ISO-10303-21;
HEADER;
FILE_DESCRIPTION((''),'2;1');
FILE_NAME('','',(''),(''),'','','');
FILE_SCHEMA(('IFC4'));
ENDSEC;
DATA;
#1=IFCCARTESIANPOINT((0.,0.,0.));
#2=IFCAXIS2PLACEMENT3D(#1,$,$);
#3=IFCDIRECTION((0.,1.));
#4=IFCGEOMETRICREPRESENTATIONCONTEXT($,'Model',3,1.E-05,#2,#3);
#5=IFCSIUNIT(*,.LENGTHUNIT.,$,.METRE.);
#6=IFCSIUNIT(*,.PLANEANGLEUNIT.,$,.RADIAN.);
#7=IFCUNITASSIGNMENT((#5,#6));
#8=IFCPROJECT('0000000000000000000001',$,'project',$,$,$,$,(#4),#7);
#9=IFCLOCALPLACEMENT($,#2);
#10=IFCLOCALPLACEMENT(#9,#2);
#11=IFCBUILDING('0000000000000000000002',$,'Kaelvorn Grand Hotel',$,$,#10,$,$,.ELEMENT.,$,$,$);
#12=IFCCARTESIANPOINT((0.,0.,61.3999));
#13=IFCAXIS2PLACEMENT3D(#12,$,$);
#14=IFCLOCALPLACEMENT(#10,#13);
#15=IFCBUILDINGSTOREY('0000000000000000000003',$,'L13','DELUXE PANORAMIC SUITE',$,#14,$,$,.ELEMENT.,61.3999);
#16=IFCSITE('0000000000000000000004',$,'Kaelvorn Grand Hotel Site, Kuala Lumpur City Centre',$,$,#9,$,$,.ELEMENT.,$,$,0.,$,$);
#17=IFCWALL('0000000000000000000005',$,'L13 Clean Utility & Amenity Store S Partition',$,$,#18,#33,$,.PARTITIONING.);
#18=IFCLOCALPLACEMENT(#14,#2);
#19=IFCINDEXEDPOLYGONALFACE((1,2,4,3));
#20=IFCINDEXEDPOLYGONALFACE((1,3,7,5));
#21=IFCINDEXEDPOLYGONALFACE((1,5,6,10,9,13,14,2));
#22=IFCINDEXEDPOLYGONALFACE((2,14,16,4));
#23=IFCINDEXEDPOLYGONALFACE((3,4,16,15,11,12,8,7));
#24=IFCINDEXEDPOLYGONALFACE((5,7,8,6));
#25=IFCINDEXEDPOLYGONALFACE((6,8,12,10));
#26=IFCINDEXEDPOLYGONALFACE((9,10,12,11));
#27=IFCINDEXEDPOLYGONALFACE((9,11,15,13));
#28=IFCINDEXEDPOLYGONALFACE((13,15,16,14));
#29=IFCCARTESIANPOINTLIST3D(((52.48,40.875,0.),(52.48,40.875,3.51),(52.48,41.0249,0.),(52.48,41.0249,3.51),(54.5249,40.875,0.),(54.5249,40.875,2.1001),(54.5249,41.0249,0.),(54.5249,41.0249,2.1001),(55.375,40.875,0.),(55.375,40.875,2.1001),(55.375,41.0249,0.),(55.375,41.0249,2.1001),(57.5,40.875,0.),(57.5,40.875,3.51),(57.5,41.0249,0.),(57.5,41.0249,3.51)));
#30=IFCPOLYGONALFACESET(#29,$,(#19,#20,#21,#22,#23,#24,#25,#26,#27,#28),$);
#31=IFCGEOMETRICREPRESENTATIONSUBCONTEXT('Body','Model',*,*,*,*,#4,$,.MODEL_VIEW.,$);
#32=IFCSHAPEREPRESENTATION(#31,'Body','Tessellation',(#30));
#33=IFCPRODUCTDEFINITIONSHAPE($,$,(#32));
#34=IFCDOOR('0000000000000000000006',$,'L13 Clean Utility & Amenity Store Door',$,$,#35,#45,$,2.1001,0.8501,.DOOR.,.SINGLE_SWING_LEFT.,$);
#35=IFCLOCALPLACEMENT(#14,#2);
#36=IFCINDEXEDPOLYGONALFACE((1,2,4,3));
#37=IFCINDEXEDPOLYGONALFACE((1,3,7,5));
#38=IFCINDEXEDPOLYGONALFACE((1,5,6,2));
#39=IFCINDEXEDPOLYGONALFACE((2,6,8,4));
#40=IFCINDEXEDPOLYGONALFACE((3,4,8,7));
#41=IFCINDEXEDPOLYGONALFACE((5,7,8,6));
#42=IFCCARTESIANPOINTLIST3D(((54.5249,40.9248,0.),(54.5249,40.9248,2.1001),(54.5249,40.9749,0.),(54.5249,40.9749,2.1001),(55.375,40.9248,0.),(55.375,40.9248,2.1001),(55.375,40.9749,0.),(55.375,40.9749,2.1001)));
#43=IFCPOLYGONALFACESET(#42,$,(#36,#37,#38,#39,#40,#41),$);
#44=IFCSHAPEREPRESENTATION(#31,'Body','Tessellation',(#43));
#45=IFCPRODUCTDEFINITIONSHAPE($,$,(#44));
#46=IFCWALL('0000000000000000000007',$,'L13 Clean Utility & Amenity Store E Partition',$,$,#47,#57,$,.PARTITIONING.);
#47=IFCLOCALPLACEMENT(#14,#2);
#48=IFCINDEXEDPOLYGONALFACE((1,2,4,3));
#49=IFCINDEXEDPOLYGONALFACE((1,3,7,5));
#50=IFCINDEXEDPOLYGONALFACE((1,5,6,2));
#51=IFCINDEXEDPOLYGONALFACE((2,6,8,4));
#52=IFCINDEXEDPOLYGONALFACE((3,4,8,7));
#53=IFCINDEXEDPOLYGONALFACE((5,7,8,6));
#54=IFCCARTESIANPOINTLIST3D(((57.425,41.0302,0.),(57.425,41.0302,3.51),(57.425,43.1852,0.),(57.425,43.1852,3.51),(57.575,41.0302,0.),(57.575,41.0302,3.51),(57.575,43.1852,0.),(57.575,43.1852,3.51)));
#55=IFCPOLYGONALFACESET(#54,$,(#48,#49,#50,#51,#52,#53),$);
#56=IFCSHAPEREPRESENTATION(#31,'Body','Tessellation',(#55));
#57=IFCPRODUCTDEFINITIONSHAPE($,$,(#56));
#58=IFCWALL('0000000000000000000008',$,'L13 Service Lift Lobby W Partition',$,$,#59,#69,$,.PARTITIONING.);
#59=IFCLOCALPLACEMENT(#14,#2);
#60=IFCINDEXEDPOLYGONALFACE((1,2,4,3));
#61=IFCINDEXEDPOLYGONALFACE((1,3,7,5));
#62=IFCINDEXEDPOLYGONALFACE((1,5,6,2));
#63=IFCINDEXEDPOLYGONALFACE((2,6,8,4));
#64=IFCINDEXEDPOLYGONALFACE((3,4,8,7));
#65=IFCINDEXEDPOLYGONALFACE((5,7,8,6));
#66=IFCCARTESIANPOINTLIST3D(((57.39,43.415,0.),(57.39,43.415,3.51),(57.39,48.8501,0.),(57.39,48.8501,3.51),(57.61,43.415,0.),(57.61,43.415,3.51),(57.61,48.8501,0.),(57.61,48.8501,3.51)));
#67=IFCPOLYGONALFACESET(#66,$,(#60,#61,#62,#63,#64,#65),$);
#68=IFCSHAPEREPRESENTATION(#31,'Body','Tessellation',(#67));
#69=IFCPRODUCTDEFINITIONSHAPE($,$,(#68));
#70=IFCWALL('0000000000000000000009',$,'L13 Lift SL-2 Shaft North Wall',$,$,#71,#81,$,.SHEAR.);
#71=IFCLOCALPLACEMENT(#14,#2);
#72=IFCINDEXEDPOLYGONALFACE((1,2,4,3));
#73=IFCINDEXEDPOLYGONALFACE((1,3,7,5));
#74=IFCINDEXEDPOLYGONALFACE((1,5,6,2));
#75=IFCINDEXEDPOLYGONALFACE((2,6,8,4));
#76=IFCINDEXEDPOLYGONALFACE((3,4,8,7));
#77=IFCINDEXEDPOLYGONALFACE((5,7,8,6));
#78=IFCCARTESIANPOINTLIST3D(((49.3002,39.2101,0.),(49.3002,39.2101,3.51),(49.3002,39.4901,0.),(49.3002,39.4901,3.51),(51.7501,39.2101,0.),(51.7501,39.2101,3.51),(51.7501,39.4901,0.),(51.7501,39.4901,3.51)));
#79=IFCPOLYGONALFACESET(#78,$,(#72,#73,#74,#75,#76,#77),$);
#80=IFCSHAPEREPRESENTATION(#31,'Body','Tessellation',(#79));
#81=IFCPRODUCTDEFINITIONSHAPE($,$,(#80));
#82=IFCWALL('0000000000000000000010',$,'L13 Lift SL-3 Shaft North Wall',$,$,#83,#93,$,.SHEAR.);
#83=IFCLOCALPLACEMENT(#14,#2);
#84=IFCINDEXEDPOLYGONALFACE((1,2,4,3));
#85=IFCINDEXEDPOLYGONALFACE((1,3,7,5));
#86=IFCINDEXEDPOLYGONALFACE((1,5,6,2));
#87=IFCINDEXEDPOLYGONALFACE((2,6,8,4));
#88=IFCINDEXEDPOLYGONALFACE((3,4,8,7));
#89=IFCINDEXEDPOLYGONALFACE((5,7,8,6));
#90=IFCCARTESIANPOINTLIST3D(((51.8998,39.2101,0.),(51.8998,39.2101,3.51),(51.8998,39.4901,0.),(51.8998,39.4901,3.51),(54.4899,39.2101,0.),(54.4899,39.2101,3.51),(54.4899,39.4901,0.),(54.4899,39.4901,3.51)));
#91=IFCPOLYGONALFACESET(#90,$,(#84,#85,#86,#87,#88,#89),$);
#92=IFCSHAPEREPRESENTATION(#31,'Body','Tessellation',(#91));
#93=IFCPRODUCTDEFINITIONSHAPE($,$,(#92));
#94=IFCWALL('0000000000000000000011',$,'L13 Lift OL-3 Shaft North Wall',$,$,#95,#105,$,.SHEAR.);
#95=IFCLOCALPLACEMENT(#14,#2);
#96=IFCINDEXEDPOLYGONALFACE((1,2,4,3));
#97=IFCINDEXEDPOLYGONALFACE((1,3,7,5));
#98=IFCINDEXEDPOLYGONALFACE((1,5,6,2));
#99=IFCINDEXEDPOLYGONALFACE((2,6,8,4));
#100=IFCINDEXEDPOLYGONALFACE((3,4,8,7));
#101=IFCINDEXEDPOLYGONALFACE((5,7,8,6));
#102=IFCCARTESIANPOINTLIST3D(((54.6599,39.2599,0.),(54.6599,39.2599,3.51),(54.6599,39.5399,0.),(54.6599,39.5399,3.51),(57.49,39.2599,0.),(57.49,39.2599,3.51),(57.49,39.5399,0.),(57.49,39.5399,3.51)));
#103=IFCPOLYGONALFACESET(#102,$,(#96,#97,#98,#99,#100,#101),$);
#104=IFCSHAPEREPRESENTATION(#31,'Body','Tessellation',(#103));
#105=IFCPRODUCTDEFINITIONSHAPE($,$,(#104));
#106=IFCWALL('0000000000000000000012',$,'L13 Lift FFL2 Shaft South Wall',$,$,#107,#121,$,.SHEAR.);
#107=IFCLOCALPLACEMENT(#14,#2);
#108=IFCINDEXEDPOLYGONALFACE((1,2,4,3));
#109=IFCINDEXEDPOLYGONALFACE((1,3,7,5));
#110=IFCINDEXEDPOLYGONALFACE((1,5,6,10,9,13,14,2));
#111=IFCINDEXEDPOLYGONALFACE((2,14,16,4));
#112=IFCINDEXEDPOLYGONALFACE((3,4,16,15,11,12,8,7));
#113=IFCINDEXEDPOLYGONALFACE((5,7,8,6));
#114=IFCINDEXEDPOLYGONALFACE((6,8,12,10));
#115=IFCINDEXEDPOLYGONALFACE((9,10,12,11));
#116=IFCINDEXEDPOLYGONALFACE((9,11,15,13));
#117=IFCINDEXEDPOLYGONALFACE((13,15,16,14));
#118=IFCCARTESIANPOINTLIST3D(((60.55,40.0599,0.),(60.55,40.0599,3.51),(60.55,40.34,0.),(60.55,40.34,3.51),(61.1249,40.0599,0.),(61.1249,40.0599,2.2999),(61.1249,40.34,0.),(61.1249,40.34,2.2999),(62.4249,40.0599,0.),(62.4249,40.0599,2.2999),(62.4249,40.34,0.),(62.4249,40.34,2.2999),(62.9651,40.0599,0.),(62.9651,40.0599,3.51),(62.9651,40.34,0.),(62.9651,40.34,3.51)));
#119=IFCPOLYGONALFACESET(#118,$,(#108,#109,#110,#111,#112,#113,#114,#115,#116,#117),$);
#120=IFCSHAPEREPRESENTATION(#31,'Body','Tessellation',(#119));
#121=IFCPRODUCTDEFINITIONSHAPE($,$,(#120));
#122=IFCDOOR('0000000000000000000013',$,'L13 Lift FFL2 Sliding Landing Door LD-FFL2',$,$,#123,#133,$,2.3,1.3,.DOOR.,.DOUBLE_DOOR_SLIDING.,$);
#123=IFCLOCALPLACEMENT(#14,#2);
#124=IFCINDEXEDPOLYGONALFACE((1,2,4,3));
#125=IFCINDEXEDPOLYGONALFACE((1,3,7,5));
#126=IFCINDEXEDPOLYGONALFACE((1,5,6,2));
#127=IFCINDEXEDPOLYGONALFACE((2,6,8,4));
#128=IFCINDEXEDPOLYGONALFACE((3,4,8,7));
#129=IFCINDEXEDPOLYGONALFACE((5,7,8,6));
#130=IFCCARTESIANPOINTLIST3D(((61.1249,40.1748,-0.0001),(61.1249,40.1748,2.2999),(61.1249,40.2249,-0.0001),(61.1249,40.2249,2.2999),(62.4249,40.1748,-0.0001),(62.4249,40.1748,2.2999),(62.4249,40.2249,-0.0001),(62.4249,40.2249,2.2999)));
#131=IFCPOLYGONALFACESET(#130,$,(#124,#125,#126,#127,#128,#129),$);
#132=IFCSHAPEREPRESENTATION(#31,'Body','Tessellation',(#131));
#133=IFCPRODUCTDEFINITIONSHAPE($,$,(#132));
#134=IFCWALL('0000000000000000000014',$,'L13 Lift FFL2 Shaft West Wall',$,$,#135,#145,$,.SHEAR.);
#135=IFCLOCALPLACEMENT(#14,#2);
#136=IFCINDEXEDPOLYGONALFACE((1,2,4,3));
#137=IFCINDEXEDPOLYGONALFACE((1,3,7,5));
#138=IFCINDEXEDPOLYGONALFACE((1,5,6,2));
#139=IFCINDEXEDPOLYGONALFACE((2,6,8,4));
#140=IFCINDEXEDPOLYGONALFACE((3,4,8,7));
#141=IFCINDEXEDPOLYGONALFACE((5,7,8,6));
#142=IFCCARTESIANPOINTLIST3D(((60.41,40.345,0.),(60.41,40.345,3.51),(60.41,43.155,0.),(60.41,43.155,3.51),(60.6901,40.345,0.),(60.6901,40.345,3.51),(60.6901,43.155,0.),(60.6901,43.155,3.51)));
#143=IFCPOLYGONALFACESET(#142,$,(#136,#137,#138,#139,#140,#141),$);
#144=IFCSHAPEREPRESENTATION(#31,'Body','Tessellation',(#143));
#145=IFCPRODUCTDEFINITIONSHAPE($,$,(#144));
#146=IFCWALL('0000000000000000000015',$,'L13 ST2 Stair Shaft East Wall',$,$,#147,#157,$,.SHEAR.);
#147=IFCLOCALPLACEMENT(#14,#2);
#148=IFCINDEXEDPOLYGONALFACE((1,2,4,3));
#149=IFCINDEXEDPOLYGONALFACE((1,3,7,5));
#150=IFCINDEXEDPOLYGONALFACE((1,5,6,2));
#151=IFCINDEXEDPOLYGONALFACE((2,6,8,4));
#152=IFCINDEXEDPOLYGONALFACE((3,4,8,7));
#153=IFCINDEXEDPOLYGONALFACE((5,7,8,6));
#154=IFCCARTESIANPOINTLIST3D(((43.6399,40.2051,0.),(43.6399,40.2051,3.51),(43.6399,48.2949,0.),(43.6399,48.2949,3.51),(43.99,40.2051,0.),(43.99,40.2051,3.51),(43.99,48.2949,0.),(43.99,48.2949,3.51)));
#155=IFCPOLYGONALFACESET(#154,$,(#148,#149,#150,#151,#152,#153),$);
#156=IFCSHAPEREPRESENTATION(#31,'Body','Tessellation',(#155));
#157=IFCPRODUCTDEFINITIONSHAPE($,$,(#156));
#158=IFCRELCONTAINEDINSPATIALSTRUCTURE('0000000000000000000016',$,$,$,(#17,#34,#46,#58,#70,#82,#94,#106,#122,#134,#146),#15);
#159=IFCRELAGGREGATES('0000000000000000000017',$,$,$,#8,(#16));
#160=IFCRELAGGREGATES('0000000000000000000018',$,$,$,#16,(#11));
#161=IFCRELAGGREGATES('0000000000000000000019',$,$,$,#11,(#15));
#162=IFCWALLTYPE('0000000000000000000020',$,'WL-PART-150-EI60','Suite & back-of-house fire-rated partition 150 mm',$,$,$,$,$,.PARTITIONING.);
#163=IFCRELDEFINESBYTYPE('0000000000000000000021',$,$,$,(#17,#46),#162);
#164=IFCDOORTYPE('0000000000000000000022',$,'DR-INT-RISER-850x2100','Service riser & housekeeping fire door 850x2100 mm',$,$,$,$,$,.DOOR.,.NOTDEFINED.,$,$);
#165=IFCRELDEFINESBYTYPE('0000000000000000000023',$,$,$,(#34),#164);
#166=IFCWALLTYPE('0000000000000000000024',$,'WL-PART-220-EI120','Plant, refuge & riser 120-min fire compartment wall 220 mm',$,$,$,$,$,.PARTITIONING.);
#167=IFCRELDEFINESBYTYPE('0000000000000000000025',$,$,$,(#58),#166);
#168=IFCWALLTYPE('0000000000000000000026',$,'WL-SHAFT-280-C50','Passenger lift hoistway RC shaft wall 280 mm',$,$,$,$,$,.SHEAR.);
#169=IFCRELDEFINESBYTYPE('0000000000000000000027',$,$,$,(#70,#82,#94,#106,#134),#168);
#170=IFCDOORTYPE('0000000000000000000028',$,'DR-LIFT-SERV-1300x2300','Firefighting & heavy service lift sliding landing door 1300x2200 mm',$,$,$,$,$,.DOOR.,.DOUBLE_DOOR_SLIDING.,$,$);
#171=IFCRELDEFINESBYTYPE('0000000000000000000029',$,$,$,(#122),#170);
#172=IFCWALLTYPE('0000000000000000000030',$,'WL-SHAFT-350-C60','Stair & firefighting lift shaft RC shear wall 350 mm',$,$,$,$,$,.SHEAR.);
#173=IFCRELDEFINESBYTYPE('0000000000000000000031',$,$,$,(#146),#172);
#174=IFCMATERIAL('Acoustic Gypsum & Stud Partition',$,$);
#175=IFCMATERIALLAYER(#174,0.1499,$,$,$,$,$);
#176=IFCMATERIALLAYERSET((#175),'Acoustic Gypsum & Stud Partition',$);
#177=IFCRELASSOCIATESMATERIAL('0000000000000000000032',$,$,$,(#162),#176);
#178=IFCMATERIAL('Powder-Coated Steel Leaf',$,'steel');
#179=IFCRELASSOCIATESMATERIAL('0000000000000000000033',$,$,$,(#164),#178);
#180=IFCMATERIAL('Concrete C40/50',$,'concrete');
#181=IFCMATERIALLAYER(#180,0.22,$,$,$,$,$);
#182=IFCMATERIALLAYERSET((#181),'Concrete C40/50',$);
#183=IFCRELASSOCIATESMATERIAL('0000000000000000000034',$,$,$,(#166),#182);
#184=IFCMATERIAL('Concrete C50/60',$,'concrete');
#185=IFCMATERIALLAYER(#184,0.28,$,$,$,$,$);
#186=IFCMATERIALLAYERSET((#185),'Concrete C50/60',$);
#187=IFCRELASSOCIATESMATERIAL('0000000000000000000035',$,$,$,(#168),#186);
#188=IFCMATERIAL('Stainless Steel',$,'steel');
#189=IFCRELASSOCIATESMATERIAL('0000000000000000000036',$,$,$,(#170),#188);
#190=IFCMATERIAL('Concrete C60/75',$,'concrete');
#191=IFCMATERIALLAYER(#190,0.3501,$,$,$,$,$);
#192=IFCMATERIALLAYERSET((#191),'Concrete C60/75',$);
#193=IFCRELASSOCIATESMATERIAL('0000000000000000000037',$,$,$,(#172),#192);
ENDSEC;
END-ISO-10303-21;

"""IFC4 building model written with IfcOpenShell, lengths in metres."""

from ifc_helpers import new_model, si_unit, direction, frame, frame_2d, origin, place, context, subcontext, project, spatial, rectangle, extrude, material, layer, layer_set, type_object, element, fill, save


model = new_model("IFC4")

# Units and contexts
model_context = context("Model", 3, precision=1e-05, world=origin(), true_north=direction((0.0, 1.0)))
body_context = subcontext(model_context, "Body", "Model", "MODEL_VIEW")
ifc_project = project(units=[si_unit("LENGTHUNIT", "METRE"), si_unit("PLANEANGLEUNIT", "RADIAN")], contexts=[model_context])

# Site, building, storey
site_placement = place(None, origin())
site = spatial("IfcSite", under=ifc_project, at=site_placement, Name="Kaelvorn Grand Hotel Site, Kuala Lumpur City Centre", CompositionType="ELEMENT", RefElevation=0.0)
building_placement = place(site_placement, origin())
building = spatial("IfcBuilding", under=site, at=building_placement, Name="Kaelvorn Grand Hotel", CompositionType="ELEMENT")
storey_placement = place(building_placement, frame((0.0, 0.0, 61.3999)))
storey = spatial("IfcBuildingStorey", under=building, at=storey_placement, Name="L13", Description="DELUXE PANORAMIC SUITE", CompositionType="ELEMENT", Elevation=61.3999)

# Shared definitions
ifc_material_1 = material(Name="Concrete C60/75", Category="concrete")

# Shared definitions
ifc_material_2 = material(Name="Acoustic Gypsum & Stud Partition")
ifc_layer_1 = layer(ifc_material_2, 0.1499)
ifc_layer_set_1 = layer_set([ifc_layer_1], Name="Acoustic Gypsum & Stud Partition")
wall_type_1 = type_object("IfcWallType", Name="WL-PART-150-EI60", Description="Suite & back-of-house fire-rated partition 150 mm", PredefinedType="PARTITIONING", material=ifc_layer_set_1)
ifc_material_3 = material(Name="Powder-Coated Steel Leaf", Category="steel")
door_type_1 = type_object("IfcDoorType", Name="DR-INT-RISER-850x2100", Description="Service riser & housekeeping fire door 850x2100 mm", OperationType="NOTDEFINED", PredefinedType="DOOR", material=ifc_material_3)

# Wall, opening, door
wall_1_placement = place(storey_placement, frame((52.48, 40.95, 0.0), z_axis=(0.0, 0.0, 1.0), x_axis=(1.0, 0.0, 0.0)))
wall_1 = element("IfcWall", 1, at=wall_1_placement, inside=storey, type_object=wall_type_1, Name="L13 Clean Utility & Amenity Store S Partition", PredefinedType="PARTITIONING", context=body_context, shape_type="SweptSolid", body=[
    extrude(rectangle(XDim=5.02, YDim=0.1499, at=frame_2d((2.51, 0.0))), origin(), (0.0, 0.0, 1.0), 3.51),
])
opening_1_placement = place(wall_1_placement, frame((2.0449, 0.0, 0.0)))
opening_1 = element("IfcOpeningElement", 2, at=opening_1_placement, cuts=wall_1, PredefinedType="OPENING", context=body_context, shape_type="SweptSolid", body=[
    extrude(rectangle(XDim=0.8501, YDim=2.1001, at=frame_2d((0.425, 1.05))), frame((0.0, 0.085, 0.0), z_axis=(0.0, -1.0, 0.0), x_axis=(1.0, 0.0, 0.0)), (0.0, 0.0, 1.0), 0.1699),
])
door_1_placement = place(opening_1_placement, origin())
door_1 = element("IfcDoor", 3, at=door_1_placement, inside=storey, type_object=door_type_1, Name="L13 Clean Utility & Amenity Store Door", OperationType="SINGLE_SWING_LEFT", OverallHeight=2.1001, OverallWidth=0.8501, PredefinedType="DOOR", context=body_context, shape_type="SweptSolid", body=[
    extrude(rectangle(XDim=0.8501, YDim=2.1001, at=frame_2d((0.425, 1.05))), frame((0.0, 0.0249, 0.0), z_axis=(0.0, -1.0, 0.0), x_axis=(1.0, 0.0, 0.0)), (0.0, 0.0, 1.0), 0.05),
])
fill(opening_1, door_1)

# Wall
wall_2_placement = place(storey_placement, frame((57.5, 41.03, 0.0), z_axis=(0.0, 0.0, 1.0), x_axis=(0.0, 1.0, 0.0)))
element("IfcWall", 4, at=wall_2_placement, inside=storey, type_object=wall_type_1, Name="L13 Clean Utility & Amenity Store E Partition", PredefinedType="PARTITIONING", context=body_context, shape_type="SweptSolid", body=[
    extrude(rectangle(XDim=2.155, YDim=0.1499, at=frame_2d((1.0776, 0.0))), origin(), (0.0, 0.0, 1.0), 3.51),
])

# Shared definitions
ifc_material_4 = material(Name="Concrete C40/50", Category="concrete")
ifc_layer_2 = layer(ifc_material_4, 0.22)
ifc_layer_set_2 = layer_set([ifc_layer_2], Name="Concrete C40/50")
wall_type_2 = type_object("IfcWallType", Name="WL-PART-220-EI120", Description="Plant, refuge & riser 120-min fire compartment wall 220 mm", PredefinedType="PARTITIONING", material=ifc_layer_set_2)

# Walls
wall_3_placement = place(storey_placement, frame((57.5, 43.415, 0.0), z_axis=(0.0, 0.0, 1.0), x_axis=(0.0, 1.0, 0.0)))
element("IfcWall", 5, at=wall_3_placement, inside=storey, type_object=wall_type_2, Name="L13 Service Lift Lobby W Partition", PredefinedType="PARTITIONING", context=body_context, shape_type="SweptSolid", body=[
    extrude(rectangle(XDim=5.4351, YDim=0.22, at=frame_2d((2.7175, 0.0))), origin(), (0.0, 0.0, 1.0), 3.51),
])
ifc_material_5 = material(Name="Concrete C50/60", Category="concrete")
ifc_layer_3 = layer(ifc_material_5, 0.28)
ifc_layer_set_3 = layer_set([ifc_layer_3], Name="Concrete C50/60")
wall_type_3 = type_object("IfcWallType", Name="WL-SHAFT-280-C50", Description="Passenger lift hoistway RC shaft wall 280 mm", PredefinedType="SHEAR", material=ifc_layer_set_3)
wall_4_placement = place(storey_placement, frame((49.3, 39.3501, 0.0), z_axis=(0.0, 0.0, 1.0), x_axis=(1.0, 0.0, 0.0)))
element("IfcWall", 6, at=wall_4_placement, inside=storey, type_object=wall_type_3, Name="L13 Lift SL-2 Shaft North Wall", PredefinedType="SHEAR", context=body_context, shape_type="SweptSolid", body=[
    extrude(rectangle(XDim=2.45, YDim=0.28, at=frame_2d((1.2251, 0.0))), origin(), (0.0, 0.0, 1.0), 3.51),
])
wall_5_placement = place(storey_placement, frame((51.8999, 39.3501, 0.0), z_axis=(0.0, 0.0, 1.0), x_axis=(1.0, 0.0, 0.0)))
element("IfcWall", 7, at=wall_5_placement, inside=storey, type_object=wall_type_3, Name="L13 Lift SL-3 Shaft North Wall", PredefinedType="SHEAR", context=body_context, shape_type="SweptSolid", body=[
    extrude(rectangle(XDim=2.5901, YDim=0.28, at=frame_2d((1.2949, 0.0))), origin(), (0.0, 0.0, 1.0), 3.51),
])
wall_6_placement = place(storey_placement, frame((54.6599, 39.3999, 0.0), z_axis=(0.0, 0.0, 1.0), x_axis=(1.0, 0.0, 0.0)))
element("IfcWall", 8, at=wall_6_placement, inside=storey, type_object=wall_type_3, Name="L13 Lift OL-3 Shaft North Wall", PredefinedType="SHEAR", context=body_context, shape_type="SweptSolid", body=[
    extrude(rectangle(XDim=2.8301, YDim=0.28, at=frame_2d((1.415, 0.0))), origin(), (0.0, 0.0, 1.0), 3.51),
])

# Wall, opening, door
wall_7_placement = place(storey_placement, frame((60.55, 40.2, 0.0), z_axis=(0.0, 0.0, 1.0), x_axis=(1.0, 0.0, 0.0)))
wall_7 = element("IfcWall", 9, at=wall_7_placement, inside=storey, type_object=wall_type_3, Name="L13 Lift FFL2 Shaft South Wall", PredefinedType="SHEAR", context=body_context, shape_type="SweptSolid", body=[
    extrude(rectangle(XDim=2.415, YDim=0.28, at=frame_2d((1.2075, 0.0))), origin(), (0.0, 0.0, 1.0), 3.51),
])
opening_2_placement = place(wall_7_placement, frame((0.575, 0.0, 0.0)))
opening_2 = element("IfcOpeningElement", 10, at=opening_2_placement, cuts=wall_7, PredefinedType="OPENING", context=body_context, shape_type="SweptSolid", body=[
    extrude(rectangle(XDim=1.3, YDim=2.3, at=frame_2d((0.6499, 1.1499))), frame((0.0, 0.1499, 0.0), z_axis=(0.0, -1.0, 0.0), x_axis=(1.0, 0.0, 0.0)), (0.0, 0.0, 1.0), 0.3),
])
ifc_material_6 = material(Name="Stainless Steel", Category="steel")
door_type_2 = type_object("IfcDoorType", Name="DR-LIFT-SERV-1300x2300", Description="Firefighting & heavy service lift sliding landing door 1300x2200 mm", OperationType="DOUBLE_DOOR_SLIDING", PredefinedType="DOOR", material=ifc_material_6)
door_2_placement = place(opening_2_placement, origin())
door_2 = element("IfcDoor", 11, at=door_2_placement, inside=storey, type_object=door_type_2, Name="L13 Lift FFL2 Sliding Landing Door LD-FFL2", OperationType="DOUBLE_DOOR_SLIDING", OverallHeight=2.3, OverallWidth=1.3, PredefinedType="DOOR", context=body_context, shape_type="SweptSolid", body=[
    extrude(rectangle(XDim=1.3, YDim=2.3, at=frame_2d((0.6499, 1.1499))), frame((0.0, 0.0249, 0.0), z_axis=(0.0, -1.0, 0.0), x_axis=(1.0, 0.0, 0.0)), (0.0, 0.0, 1.0), 0.05),
])
fill(opening_2, door_2)

# Walls
wall_8_placement = place(storey_placement, frame((60.55, 40.345, 0.0), z_axis=(0.0, 0.0, 1.0), x_axis=(0.0, 1.0, 0.0)))
element("IfcWall", 12, at=wall_8_placement, inside=storey, type_object=wall_type_3, Name="L13 Lift FFL2 Shaft West Wall", PredefinedType="SHEAR", context=body_context, shape_type="SweptSolid", body=[
    extrude(rectangle(XDim=2.8101, YDim=0.28, at=frame_2d((1.405, 0.0))), origin(), (0.0, 0.0, 1.0), 3.51),
])
ifc_layer_4 = layer(ifc_material_1, 0.3501)
ifc_layer_set_4 = layer_set([ifc_layer_4], Name="Concrete C60/75")
wall_type_4 = type_object("IfcWallType", Name="WL-SHAFT-350-C60", Description="Stair & firefighting lift shaft RC shear wall 350 mm", PredefinedType="SHEAR", material=ifc_layer_set_4)
wall_9_placement = place(storey_placement, frame((43.8149, 40.2051, 0.0), z_axis=(0.0, 0.0, 1.0), x_axis=(0.0, 1.0, 0.0)))
element("IfcWall", 13, at=wall_9_placement, inside=storey, type_object=wall_type_4, Name="L13 ST2 Stair Shaft East Wall", PredefinedType="SHEAR", context=body_context, shape_type="SweptSolid", body=[
    extrude(rectangle(XDim=8.0898, YDim=0.3501, at=frame_2d((4.0449, 0.0))), origin(), (0.0, 0.0, 1.0), 3.51),
])

save(model, "model.ifc")
